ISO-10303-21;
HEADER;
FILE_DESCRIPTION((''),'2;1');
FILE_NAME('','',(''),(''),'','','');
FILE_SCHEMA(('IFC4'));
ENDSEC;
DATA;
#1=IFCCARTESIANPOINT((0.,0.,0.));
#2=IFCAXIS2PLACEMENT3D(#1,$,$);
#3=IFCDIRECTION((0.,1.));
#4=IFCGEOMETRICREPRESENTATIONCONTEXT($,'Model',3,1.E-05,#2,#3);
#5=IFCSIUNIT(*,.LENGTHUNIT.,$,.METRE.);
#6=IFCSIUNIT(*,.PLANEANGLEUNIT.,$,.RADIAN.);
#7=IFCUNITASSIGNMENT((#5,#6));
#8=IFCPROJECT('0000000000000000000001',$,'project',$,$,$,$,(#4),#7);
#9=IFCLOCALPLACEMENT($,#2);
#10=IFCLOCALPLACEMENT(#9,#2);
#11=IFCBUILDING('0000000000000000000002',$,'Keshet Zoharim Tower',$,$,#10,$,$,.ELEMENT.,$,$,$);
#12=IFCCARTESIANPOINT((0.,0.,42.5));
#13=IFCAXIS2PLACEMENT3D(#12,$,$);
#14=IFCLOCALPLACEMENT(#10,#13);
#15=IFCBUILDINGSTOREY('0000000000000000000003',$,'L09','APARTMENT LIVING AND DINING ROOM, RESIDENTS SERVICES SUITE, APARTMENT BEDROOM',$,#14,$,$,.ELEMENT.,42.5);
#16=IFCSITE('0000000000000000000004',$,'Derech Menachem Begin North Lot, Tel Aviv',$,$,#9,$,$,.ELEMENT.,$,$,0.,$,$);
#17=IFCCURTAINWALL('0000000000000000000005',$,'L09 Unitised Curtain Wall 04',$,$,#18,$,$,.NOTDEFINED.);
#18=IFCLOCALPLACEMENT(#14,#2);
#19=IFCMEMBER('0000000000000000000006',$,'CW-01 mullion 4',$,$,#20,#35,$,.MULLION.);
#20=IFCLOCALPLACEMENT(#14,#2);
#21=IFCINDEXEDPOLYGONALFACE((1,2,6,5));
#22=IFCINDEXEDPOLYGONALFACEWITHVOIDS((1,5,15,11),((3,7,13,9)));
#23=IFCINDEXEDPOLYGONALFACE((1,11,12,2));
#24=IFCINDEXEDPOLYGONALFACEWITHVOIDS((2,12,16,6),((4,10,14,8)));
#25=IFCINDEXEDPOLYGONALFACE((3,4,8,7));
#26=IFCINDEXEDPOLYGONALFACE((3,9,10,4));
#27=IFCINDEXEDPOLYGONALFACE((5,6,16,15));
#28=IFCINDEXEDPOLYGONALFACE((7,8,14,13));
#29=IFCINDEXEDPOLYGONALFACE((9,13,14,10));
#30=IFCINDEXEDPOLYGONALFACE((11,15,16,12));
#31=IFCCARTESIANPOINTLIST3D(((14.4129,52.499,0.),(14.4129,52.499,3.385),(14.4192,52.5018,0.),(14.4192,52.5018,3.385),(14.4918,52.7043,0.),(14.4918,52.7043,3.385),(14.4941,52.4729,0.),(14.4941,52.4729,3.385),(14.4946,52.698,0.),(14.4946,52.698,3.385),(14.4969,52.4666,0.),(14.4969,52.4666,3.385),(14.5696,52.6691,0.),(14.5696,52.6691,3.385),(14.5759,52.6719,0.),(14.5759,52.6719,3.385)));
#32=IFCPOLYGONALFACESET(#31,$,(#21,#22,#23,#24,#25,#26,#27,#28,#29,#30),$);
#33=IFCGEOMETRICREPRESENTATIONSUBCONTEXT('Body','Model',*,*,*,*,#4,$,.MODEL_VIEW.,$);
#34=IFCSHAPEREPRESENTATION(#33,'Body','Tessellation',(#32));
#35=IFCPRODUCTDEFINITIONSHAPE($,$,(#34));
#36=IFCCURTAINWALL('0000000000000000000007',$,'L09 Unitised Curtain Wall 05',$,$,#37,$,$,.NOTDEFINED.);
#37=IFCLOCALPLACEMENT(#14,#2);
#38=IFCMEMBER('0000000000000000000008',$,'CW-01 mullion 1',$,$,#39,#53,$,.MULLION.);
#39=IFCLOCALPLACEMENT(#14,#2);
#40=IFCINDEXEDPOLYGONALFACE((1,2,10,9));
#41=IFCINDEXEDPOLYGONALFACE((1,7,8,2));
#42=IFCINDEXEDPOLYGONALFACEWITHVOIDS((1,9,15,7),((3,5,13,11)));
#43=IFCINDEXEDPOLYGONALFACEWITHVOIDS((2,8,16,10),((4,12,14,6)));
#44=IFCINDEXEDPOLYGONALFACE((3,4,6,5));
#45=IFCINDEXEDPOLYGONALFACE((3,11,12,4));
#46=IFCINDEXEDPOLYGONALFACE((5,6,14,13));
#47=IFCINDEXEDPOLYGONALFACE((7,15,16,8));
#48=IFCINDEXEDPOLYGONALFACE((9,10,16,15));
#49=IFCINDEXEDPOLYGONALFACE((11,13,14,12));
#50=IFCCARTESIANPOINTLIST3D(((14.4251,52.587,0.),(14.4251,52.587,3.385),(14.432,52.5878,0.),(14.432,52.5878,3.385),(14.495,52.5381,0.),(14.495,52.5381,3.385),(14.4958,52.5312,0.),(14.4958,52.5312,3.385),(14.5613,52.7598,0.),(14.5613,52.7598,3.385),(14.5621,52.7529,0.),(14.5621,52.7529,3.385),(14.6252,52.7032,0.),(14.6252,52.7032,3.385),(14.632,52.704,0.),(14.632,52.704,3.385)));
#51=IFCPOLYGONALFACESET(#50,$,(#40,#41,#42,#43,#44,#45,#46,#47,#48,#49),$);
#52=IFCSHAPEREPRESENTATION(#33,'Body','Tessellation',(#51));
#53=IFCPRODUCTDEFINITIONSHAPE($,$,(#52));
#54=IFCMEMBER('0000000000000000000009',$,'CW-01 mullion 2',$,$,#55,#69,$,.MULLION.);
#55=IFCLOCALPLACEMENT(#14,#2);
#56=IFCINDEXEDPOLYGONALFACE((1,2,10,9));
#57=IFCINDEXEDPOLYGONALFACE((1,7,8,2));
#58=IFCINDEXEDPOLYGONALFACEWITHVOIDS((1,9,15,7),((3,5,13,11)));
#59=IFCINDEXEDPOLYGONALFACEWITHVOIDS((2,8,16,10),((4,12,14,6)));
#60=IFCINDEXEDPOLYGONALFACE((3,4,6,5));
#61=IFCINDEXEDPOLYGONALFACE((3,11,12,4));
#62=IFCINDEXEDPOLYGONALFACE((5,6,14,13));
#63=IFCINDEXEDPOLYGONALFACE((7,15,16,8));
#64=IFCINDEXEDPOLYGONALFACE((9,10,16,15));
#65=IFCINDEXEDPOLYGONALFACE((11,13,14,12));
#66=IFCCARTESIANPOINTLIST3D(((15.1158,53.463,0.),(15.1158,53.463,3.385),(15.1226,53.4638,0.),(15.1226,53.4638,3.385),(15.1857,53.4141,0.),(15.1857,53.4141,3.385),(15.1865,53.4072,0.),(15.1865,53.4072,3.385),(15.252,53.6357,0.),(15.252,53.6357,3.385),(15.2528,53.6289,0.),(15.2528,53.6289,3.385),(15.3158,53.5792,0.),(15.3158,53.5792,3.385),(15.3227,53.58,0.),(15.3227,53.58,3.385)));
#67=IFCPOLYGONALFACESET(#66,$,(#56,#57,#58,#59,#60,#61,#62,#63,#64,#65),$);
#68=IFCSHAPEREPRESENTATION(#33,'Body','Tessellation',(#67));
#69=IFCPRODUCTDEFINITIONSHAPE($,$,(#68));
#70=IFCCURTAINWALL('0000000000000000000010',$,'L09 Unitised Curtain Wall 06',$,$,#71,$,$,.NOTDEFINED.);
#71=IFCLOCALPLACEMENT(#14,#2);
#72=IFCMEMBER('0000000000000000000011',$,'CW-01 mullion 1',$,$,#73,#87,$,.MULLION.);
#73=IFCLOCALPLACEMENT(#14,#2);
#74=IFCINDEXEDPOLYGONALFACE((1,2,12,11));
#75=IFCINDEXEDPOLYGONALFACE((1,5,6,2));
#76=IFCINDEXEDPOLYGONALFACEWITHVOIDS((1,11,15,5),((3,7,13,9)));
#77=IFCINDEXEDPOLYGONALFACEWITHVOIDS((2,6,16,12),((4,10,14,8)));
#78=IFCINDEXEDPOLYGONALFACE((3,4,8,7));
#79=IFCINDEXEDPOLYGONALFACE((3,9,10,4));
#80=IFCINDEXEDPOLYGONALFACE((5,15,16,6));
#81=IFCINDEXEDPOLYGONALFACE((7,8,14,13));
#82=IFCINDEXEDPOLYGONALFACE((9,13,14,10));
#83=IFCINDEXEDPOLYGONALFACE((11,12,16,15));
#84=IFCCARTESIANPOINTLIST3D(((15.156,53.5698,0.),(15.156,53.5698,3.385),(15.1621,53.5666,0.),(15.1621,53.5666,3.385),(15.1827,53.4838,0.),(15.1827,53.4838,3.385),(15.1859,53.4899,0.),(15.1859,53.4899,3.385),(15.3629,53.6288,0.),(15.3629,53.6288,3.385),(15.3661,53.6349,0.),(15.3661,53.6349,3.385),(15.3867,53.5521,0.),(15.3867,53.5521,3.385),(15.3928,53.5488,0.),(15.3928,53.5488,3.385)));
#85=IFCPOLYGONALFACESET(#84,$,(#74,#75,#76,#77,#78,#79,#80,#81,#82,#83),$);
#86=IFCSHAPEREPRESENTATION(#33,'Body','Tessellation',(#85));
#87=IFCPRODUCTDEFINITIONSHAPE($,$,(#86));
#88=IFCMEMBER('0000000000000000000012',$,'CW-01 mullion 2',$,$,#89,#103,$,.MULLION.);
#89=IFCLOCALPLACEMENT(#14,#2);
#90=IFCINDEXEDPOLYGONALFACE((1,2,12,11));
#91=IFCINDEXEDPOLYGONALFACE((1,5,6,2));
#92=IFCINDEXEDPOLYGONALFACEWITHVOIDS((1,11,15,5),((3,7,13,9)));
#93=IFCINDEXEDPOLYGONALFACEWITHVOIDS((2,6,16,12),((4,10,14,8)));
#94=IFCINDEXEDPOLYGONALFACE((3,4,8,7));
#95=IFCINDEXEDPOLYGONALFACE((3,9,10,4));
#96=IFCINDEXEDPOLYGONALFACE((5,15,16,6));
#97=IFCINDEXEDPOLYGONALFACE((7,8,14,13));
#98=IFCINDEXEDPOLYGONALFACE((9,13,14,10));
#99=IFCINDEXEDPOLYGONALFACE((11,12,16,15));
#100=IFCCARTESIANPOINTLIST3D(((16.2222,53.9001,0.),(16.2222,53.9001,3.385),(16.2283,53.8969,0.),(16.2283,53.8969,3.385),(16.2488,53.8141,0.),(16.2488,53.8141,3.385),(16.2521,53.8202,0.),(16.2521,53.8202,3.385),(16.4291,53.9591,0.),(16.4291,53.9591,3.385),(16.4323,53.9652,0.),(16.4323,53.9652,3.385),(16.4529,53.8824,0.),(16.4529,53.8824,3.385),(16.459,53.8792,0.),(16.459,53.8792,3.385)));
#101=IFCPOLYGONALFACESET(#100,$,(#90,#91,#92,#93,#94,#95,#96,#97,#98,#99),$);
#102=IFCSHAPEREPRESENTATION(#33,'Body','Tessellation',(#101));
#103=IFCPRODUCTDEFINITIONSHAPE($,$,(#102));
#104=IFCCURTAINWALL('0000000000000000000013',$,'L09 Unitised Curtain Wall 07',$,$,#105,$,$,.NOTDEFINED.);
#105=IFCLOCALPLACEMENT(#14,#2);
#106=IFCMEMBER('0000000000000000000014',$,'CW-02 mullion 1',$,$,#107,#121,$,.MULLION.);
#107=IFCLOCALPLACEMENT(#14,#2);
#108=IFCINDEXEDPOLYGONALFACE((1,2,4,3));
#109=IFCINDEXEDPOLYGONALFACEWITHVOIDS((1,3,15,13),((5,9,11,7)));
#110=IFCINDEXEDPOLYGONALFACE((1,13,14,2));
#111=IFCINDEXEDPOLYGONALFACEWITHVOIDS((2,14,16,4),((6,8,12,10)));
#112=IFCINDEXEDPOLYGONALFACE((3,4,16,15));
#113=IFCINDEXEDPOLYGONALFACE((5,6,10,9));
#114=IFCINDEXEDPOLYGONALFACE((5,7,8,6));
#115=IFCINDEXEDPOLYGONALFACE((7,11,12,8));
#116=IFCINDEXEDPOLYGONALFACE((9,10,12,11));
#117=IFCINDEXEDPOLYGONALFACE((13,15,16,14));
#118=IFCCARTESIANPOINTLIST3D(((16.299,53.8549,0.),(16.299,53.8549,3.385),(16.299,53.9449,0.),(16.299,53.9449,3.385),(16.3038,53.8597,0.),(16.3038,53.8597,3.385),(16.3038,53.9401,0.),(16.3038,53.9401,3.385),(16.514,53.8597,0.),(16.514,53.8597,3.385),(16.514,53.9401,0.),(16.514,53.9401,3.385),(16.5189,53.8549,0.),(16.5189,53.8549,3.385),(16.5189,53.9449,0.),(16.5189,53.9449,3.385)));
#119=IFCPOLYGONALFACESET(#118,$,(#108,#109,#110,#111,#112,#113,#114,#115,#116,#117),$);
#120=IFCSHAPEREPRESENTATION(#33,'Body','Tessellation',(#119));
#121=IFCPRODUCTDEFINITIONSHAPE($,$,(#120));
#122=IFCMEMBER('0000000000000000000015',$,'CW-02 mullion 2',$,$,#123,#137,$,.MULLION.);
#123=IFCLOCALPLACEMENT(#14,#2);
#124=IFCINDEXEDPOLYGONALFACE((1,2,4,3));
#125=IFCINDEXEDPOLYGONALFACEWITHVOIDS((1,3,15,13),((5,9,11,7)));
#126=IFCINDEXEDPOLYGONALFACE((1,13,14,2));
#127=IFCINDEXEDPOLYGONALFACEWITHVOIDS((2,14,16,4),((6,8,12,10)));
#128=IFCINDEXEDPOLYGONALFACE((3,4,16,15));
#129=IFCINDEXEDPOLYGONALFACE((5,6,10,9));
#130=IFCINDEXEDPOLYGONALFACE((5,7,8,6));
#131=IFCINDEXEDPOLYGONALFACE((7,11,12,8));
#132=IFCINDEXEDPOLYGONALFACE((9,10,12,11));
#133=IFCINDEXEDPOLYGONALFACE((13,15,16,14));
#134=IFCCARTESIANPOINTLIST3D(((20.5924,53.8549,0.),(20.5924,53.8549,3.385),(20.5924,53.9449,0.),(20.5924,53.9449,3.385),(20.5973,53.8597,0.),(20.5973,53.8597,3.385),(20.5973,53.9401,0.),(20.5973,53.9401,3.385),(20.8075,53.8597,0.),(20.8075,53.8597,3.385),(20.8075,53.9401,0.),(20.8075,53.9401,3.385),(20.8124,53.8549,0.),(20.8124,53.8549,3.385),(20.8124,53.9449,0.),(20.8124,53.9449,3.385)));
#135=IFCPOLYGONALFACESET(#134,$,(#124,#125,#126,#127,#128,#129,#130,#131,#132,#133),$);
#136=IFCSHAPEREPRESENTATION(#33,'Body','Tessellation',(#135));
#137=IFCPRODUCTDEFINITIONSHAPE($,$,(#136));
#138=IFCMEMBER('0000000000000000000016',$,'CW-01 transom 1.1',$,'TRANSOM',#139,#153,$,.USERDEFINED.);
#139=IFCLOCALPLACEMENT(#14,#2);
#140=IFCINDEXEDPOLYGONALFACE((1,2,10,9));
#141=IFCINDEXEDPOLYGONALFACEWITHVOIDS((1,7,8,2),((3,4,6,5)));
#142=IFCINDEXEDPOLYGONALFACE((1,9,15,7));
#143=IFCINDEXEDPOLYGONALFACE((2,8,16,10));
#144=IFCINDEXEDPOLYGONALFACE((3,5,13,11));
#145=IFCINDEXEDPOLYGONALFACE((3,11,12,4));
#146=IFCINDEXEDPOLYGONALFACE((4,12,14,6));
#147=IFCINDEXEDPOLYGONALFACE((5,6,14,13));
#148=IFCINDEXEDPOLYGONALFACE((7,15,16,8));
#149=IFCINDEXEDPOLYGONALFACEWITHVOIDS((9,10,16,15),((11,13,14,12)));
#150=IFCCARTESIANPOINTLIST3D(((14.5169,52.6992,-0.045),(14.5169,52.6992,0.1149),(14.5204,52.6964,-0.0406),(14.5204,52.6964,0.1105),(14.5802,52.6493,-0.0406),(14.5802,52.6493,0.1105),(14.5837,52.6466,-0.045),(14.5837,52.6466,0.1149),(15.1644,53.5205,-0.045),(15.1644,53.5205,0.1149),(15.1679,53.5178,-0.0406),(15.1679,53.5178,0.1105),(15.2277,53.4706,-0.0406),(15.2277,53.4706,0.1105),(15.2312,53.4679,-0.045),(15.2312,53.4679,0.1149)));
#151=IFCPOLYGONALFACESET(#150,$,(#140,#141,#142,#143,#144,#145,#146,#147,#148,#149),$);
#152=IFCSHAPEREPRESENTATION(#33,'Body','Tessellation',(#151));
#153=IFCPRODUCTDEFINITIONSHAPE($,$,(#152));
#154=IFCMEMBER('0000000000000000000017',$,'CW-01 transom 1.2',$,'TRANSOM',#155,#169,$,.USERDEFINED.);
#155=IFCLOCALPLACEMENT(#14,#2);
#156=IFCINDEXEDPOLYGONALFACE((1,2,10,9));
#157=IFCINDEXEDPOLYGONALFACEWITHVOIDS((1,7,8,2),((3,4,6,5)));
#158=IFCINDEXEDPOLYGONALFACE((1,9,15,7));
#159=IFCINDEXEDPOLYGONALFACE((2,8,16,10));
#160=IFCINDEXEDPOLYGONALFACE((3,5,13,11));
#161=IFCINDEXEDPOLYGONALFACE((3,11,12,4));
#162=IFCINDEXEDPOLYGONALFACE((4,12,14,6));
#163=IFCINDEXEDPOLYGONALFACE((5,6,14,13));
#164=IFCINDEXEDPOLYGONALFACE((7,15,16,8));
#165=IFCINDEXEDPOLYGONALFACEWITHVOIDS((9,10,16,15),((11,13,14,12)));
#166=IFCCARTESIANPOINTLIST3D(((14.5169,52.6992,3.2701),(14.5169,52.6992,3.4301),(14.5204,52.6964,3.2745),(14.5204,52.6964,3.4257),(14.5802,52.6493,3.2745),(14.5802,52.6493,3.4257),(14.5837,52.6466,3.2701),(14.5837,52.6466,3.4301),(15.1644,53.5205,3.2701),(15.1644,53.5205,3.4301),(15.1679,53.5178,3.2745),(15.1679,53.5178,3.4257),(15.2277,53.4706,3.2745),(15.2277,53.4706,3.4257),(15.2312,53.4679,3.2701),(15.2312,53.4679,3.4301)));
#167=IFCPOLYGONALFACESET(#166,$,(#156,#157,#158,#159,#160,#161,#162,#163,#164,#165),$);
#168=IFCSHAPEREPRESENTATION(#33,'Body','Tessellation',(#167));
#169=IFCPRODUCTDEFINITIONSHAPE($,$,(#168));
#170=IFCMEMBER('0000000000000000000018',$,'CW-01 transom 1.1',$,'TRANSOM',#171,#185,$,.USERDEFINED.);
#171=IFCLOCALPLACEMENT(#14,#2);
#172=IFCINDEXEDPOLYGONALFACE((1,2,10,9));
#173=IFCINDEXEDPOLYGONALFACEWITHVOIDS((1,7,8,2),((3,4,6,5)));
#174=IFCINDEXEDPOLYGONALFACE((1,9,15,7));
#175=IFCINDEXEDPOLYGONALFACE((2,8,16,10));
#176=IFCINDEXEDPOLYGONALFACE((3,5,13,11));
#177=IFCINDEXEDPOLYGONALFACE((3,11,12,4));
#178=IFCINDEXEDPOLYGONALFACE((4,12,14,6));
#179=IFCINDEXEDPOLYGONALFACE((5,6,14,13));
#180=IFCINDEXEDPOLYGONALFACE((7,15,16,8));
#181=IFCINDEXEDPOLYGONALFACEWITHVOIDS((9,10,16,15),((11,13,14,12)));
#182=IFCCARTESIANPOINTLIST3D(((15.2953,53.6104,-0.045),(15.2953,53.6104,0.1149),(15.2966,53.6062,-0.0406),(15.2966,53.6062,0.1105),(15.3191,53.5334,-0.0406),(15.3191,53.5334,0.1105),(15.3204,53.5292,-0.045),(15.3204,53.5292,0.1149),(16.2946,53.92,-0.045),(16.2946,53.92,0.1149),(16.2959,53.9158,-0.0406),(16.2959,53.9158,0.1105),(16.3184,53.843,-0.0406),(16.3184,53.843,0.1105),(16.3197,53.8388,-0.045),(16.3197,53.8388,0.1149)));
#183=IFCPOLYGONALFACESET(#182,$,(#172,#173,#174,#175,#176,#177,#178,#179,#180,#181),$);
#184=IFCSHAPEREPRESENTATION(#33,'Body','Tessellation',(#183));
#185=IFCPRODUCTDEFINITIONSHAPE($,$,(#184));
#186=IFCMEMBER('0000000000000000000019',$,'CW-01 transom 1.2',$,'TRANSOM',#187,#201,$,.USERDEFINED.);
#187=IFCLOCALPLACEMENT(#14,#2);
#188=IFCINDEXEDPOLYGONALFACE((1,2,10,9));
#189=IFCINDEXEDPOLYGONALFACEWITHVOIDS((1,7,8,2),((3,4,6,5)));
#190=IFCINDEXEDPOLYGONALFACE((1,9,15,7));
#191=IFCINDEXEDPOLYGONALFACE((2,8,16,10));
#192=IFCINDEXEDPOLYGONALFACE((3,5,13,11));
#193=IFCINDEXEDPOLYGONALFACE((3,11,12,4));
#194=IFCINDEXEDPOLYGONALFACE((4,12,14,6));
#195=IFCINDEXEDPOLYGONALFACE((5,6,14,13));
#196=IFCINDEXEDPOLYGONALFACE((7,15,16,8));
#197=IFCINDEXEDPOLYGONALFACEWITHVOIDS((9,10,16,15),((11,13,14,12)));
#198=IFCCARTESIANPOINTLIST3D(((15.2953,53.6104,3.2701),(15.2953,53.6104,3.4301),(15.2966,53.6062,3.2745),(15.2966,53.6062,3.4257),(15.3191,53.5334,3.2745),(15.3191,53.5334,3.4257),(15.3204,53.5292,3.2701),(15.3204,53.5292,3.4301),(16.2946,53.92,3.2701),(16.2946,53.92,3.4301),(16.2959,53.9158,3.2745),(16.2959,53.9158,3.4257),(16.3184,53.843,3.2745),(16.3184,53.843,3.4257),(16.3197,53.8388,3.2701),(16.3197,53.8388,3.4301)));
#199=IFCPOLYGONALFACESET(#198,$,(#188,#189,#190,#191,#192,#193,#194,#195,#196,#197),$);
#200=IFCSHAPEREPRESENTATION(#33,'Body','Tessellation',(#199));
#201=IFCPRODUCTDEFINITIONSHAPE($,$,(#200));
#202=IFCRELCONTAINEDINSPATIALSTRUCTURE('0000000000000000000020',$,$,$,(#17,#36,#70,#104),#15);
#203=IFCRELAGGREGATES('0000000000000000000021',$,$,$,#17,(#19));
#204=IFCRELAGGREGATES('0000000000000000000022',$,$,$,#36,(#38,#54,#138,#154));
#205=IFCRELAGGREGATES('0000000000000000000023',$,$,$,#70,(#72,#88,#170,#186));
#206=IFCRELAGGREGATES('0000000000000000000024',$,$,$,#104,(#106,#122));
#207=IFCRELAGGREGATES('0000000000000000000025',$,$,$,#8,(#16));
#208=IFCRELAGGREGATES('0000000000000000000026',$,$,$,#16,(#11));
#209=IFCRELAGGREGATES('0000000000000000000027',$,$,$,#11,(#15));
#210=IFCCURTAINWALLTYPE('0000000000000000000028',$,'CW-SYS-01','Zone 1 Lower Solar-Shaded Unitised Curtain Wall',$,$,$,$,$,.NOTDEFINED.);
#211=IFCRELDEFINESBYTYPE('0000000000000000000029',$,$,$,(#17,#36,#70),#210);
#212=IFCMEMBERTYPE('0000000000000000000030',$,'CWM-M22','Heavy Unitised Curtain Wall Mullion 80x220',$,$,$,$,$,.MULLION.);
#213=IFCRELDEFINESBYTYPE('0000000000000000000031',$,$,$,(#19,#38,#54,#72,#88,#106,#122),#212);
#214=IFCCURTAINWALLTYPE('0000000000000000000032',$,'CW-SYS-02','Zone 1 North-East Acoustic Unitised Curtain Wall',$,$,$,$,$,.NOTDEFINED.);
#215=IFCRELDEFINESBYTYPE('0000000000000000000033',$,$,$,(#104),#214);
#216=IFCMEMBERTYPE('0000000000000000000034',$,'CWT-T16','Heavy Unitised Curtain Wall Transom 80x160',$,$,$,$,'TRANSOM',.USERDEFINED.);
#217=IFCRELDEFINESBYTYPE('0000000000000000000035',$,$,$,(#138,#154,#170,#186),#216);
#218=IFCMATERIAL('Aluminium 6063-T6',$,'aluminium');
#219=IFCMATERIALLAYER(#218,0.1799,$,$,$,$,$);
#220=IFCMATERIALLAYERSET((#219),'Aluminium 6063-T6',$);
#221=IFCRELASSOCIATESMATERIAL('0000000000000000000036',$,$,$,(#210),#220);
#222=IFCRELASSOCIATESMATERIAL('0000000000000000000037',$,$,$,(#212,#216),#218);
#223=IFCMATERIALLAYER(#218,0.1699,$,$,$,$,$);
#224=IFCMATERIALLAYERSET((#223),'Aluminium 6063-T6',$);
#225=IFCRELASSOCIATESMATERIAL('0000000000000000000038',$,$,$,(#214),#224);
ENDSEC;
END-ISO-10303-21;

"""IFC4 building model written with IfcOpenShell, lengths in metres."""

from ifc_helpers import new_model, si_unit, direction, frame, origin, origin_2d, place, context, subcontext, project, spatial, hollow_rectangle, extrude, material, layer, layer_set, material_profile, profile_set, type_object, element, aggregate, save


model = new_model("IFC4")

# Units and contexts
model_context = context("Model", 3, precision=1e-05, world=origin(), true_north=direction((0.0, 1.0)))
body_context = subcontext(model_context, "Body", "Model", "MODEL_VIEW")
ifc_project = project(units=[si_unit("LENGTHUNIT", "METRE"), si_unit("PLANEANGLEUNIT", "RADIAN")], contexts=[model_context])

# Site, building, storey
site_placement = place(None, origin())
site = spatial("IfcSite", under=ifc_project, at=site_placement, Name="Derech Menachem Begin North Lot, Tel Aviv", CompositionType="ELEMENT", RefElevation=0.0)
building_placement = place(site_placement, origin())
building = spatial("IfcBuilding", under=site, at=building_placement, Name="Keshet Zoharim Tower", CompositionType="ELEMENT")
storey_placement = place(building_placement, frame((0.0, 0.0, 42.5)))
storey = spatial("IfcBuildingStorey", under=building, at=storey_placement, Name="L09", Description="APARTMENT LIVING AND DINING ROOM, RESIDENTS SERVICES SUITE, APARTMENT BEDROOM", CompositionType="ELEMENT", Elevation=42.5)

# Curtain wall, member
ifc_material_1 = material(Name="Aluminium 6063-T6", Category="aluminium")
ifc_layer_1 = layer(ifc_material_1, 0.1799)
ifc_layer_set_1 = layer_set([ifc_layer_1], Name="Aluminium 6063-T6")
curtain_wall_type_1 = type_object("IfcCurtainWallType", Name="CW-SYS-01", Description="Zone 1 Lower Solar-Shaded Unitised Curtain Wall", PredefinedType="NOTDEFINED", material=ifc_layer_set_1)
curtain_wall_1_placement = place(storey_placement, origin())
curtain_wall_1 = element("IfcCurtainWall", 1, at=curtain_wall_1_placement, inside=storey, type_object=curtain_wall_type_1, Name="L09 Unitised Curtain Wall 04", PredefinedType="NOTDEFINED")
ifc_material_profile_1 = material_profile(ifc_material_1, hollow_rectangle(XDim=0.0901, YDim=0.22, WallThickness=0.0049, at=origin_2d()), Name="MUL-90x220")
ifc_profile_set_1 = profile_set([ifc_material_profile_1], Name="Aluminium 6063-T6")
member_type_1 = type_object("IfcMemberType", Name="CWM-M22", Description="Heavy Unitised Curtain Wall Mullion 80x220", PredefinedType="MULLION", material=ifc_profile_set_1)
member_1_placement = place(storey_placement, frame((14.4944, 52.5854, 0.0), z_axis=(0.0, 0.0, 1.0), x_axis=(-0.933341, 0.35899, 0.0)))
member_1 = element("IfcMember", 2, at=member_1_placement, type_object=member_type_1, Name="CW-01 mullion 4", PredefinedType="MULLION", context=body_context, shape_type="SweptSolid", body=[
    extrude(hollow_rectangle(XDim=0.0901, YDim=0.22, WallThickness=0.0049, at=origin_2d()), origin(), (0.0, 0.0, 1.0), 3.385),
])
aggregate(curtain_wall_1, [member_1])

# Curtain walls, members
curtain_wall_2_placement = place(storey_placement, origin())
curtain_wall_2 = element("IfcCurtainWall", 3, at=curtain_wall_2_placement, inside=storey, type_object=curtain_wall_type_1, Name="L09 Unitised Curtain Wall 05", PredefinedType="NOTDEFINED")
member_2_placement = place(storey_placement, frame((14.5286, 52.6455, 0.0), z_axis=(0.0, 0.0, 1.0), x_axis=(-0.785293, 0.619125, 0.0)))
member_2 = element("IfcMember", 4, at=member_2_placement, type_object=member_type_1, Name="CW-01 mullion 1", PredefinedType="MULLION", context=body_context, shape_type="SweptSolid", body=[
    extrude(hollow_rectangle(XDim=0.0901, YDim=0.22, WallThickness=0.0049, at=origin_2d()), origin(), (0.0, 0.0, 1.0), 3.385),
])
member_3_placement = place(storey_placement, frame((15.2192, 53.5215, 0.0), z_axis=(0.0, 0.0, 1.0), x_axis=(-0.785293, 0.619125, 0.0)))
member_3 = element("IfcMember", 5, at=member_3_placement, type_object=member_type_1, Name="CW-01 mullion 2", PredefinedType="MULLION", context=body_context, shape_type="SweptSolid", body=[
    extrude(hollow_rectangle(XDim=0.0901, YDim=0.22, WallThickness=0.0049, at=origin_2d()), origin(), (0.0, 0.0, 1.0), 3.385),
])
curtain_wall_3_placement = place(storey_placement, origin())
curtain_wall_3 = element("IfcCurtainWall", 6, at=curtain_wall_3_placement, inside=storey, type_object=curtain_wall_type_1, Name="L09 Unitised Curtain Wall 06", PredefinedType="NOTDEFINED")
member_4_placement = place(storey_placement, frame((15.2744, 53.5593, 0.0), z_axis=(0.0, 0.0, 1.0), x_axis=(-0.295922, 0.955212, 0.0)))
member_4 = element("IfcMember", 7, at=member_4_placement, type_object=member_type_1, Name="CW-01 mullion 1", PredefinedType="MULLION", context=body_context, shape_type="SweptSolid", body=[
    extrude(hollow_rectangle(XDim=0.0901, YDim=0.22, WallThickness=0.0049, at=origin_2d()), origin(), (0.0, 0.0, 1.0), 3.385),
])
member_5_placement = place(storey_placement, frame((16.3406, 53.8896, 0.0), z_axis=(0.0, 0.0, 1.0), x_axis=(-0.295922, 0.955212, 0.0)))
member_5 = element("IfcMember", 8, at=member_5_placement, type_object=member_type_1, Name="CW-01 mullion 2", PredefinedType="MULLION", context=body_context, shape_type="SweptSolid", body=[
    extrude(hollow_rectangle(XDim=0.0901, YDim=0.22, WallThickness=0.0049, at=origin_2d()), origin(), (0.0, 0.0, 1.0), 3.385),
])
ifc_layer_2 = layer(ifc_material_1, 0.1699)
ifc_layer_set_2 = layer_set([ifc_layer_2], Name="Aluminium 6063-T6")
curtain_wall_type_2 = type_object("IfcCurtainWallType", Name="CW-SYS-02", Description="Zone 1 North-East Acoustic Unitised Curtain Wall", PredefinedType="NOTDEFINED", material=ifc_layer_set_2)
curtain_wall_4_placement = place(storey_placement, origin())
curtain_wall_4 = element("IfcCurtainWall", 9, at=curtain_wall_4_placement, inside=storey, type_object=curtain_wall_type_2, Name="L09 Unitised Curtain Wall 07", PredefinedType="NOTDEFINED")
member_6_placement = place(storey_placement, frame((16.4089, 53.8999, 0.0), z_axis=(0.0, 0.0, 1.0), x_axis=(0.0, 1.0, 0.0)))
member_6 = element("IfcMember", 10, at=member_6_placement, type_object=member_type_1, Name="CW-02 mullion 1", PredefinedType="MULLION", context=body_context, shape_type="SweptSolid", body=[
    extrude(hollow_rectangle(XDim=0.0901, YDim=0.22, WallThickness=0.0049, at=origin_2d()), origin(), (0.0, 0.0, 1.0), 3.385),
])
member_7_placement = place(storey_placement, frame((20.7024, 53.8999, 0.0), z_axis=(0.0, 0.0, 1.0), x_axis=(0.0, 1.0, 0.0)))
member_7 = element("IfcMember", 11, at=member_7_placement, type_object=member_type_1, Name="CW-02 mullion 2", PredefinedType="MULLION", context=body_context, shape_type="SweptSolid", body=[
    extrude(hollow_rectangle(XDim=0.0901, YDim=0.22, WallThickness=0.0049, at=origin_2d()), origin(), (0.0, 0.0, 1.0), 3.385),
])

# Members
ifc_material_profile_2 = material_profile(ifc_material_1, hollow_rectangle(XDim=0.085, YDim=0.1599, WallThickness=0.0044, at=origin_2d()), Name="TRN-85x160")
ifc_profile_set_2 = profile_set([ifc_material_profile_2], Name="Aluminium 6063-T6")
member_type_2 = type_object("IfcMemberType", Name="CWT-T16", Description="Heavy Unitised Curtain Wall Transom 80x160", ElementType="TRANSOM", PredefinedType="USERDEFINED", material=ifc_profile_set_2)
member_8_placement = place(storey_placement, frame((14.5503, 52.6729, 0.0349), z_axis=(0.619099, 0.785313, 0.0), x_axis=(-0.785313, 0.619099, 0.0)))
member_8 = element("IfcMember", 12, at=member_8_placement, type_object=member_type_2, Name="CW-01 transom 1.1", ObjectType="TRANSOM", PredefinedType="USERDEFINED", context=body_context, shape_type="SweptSolid", body=[
    extrude(hollow_rectangle(XDim=0.085, YDim=0.1599, WallThickness=0.0044, at=origin_2d()), origin(), (0.0, 0.0, 1.0), 1.0459),
])
member_9_placement = place(storey_placement, frame((14.5503, 52.6729, 3.3501), z_axis=(0.619099, 0.785313, 0.0), x_axis=(-0.785313, 0.619099, 0.0)))
member_9 = element("IfcMember", 13, at=member_9_placement, type_object=member_type_2, Name="CW-01 transom 1.2", ObjectType="TRANSOM", PredefinedType="USERDEFINED", context=body_context, shape_type="SweptSolid", body=[
    extrude(hollow_rectangle(XDim=0.085, YDim=0.1599, WallThickness=0.0044, at=origin_2d()), origin(), (0.0, 0.0, 1.0), 1.0459),
])
member_10_placement = place(storey_placement, frame((15.3079, 53.5698, 0.0349), z_axis=(0.955212, 0.295922, 0.0), x_axis=(-0.295922, 0.955212, 0.0)))
member_10 = element("IfcMember", 14, at=member_10_placement, type_object=member_type_2, Name="CW-01 transom 1.1", ObjectType="TRANSOM", PredefinedType="USERDEFINED", context=body_context, shape_type="SweptSolid", body=[
    extrude(hollow_rectangle(XDim=0.085, YDim=0.1599, WallThickness=0.0044, at=origin_2d()), origin(), (0.0, 0.0, 1.0), 1.0461),
])
member_11_placement = place(storey_placement, frame((15.3079, 53.5698, 3.3501), z_axis=(0.955212, 0.295922, 0.0), x_axis=(-0.295922, 0.955212, 0.0)))
member_11 = element("IfcMember", 15, at=member_11_placement, type_object=member_type_2, Name="CW-01 transom 1.2", ObjectType="TRANSOM", PredefinedType="USERDEFINED", context=body_context, shape_type="SweptSolid", body=[
    extrude(hollow_rectangle(XDim=0.085, YDim=0.1599, WallThickness=0.0044, at=origin_2d()), origin(), (0.0, 0.0, 1.0), 1.0461),
])

aggregate(curtain_wall_2, [member_2, member_3, member_8, member_9])
aggregate(curtain_wall_3, [member_4, member_5, member_10, member_11])
aggregate(curtain_wall_4, [member_6, member_7])

save(model, "model.ifc")
